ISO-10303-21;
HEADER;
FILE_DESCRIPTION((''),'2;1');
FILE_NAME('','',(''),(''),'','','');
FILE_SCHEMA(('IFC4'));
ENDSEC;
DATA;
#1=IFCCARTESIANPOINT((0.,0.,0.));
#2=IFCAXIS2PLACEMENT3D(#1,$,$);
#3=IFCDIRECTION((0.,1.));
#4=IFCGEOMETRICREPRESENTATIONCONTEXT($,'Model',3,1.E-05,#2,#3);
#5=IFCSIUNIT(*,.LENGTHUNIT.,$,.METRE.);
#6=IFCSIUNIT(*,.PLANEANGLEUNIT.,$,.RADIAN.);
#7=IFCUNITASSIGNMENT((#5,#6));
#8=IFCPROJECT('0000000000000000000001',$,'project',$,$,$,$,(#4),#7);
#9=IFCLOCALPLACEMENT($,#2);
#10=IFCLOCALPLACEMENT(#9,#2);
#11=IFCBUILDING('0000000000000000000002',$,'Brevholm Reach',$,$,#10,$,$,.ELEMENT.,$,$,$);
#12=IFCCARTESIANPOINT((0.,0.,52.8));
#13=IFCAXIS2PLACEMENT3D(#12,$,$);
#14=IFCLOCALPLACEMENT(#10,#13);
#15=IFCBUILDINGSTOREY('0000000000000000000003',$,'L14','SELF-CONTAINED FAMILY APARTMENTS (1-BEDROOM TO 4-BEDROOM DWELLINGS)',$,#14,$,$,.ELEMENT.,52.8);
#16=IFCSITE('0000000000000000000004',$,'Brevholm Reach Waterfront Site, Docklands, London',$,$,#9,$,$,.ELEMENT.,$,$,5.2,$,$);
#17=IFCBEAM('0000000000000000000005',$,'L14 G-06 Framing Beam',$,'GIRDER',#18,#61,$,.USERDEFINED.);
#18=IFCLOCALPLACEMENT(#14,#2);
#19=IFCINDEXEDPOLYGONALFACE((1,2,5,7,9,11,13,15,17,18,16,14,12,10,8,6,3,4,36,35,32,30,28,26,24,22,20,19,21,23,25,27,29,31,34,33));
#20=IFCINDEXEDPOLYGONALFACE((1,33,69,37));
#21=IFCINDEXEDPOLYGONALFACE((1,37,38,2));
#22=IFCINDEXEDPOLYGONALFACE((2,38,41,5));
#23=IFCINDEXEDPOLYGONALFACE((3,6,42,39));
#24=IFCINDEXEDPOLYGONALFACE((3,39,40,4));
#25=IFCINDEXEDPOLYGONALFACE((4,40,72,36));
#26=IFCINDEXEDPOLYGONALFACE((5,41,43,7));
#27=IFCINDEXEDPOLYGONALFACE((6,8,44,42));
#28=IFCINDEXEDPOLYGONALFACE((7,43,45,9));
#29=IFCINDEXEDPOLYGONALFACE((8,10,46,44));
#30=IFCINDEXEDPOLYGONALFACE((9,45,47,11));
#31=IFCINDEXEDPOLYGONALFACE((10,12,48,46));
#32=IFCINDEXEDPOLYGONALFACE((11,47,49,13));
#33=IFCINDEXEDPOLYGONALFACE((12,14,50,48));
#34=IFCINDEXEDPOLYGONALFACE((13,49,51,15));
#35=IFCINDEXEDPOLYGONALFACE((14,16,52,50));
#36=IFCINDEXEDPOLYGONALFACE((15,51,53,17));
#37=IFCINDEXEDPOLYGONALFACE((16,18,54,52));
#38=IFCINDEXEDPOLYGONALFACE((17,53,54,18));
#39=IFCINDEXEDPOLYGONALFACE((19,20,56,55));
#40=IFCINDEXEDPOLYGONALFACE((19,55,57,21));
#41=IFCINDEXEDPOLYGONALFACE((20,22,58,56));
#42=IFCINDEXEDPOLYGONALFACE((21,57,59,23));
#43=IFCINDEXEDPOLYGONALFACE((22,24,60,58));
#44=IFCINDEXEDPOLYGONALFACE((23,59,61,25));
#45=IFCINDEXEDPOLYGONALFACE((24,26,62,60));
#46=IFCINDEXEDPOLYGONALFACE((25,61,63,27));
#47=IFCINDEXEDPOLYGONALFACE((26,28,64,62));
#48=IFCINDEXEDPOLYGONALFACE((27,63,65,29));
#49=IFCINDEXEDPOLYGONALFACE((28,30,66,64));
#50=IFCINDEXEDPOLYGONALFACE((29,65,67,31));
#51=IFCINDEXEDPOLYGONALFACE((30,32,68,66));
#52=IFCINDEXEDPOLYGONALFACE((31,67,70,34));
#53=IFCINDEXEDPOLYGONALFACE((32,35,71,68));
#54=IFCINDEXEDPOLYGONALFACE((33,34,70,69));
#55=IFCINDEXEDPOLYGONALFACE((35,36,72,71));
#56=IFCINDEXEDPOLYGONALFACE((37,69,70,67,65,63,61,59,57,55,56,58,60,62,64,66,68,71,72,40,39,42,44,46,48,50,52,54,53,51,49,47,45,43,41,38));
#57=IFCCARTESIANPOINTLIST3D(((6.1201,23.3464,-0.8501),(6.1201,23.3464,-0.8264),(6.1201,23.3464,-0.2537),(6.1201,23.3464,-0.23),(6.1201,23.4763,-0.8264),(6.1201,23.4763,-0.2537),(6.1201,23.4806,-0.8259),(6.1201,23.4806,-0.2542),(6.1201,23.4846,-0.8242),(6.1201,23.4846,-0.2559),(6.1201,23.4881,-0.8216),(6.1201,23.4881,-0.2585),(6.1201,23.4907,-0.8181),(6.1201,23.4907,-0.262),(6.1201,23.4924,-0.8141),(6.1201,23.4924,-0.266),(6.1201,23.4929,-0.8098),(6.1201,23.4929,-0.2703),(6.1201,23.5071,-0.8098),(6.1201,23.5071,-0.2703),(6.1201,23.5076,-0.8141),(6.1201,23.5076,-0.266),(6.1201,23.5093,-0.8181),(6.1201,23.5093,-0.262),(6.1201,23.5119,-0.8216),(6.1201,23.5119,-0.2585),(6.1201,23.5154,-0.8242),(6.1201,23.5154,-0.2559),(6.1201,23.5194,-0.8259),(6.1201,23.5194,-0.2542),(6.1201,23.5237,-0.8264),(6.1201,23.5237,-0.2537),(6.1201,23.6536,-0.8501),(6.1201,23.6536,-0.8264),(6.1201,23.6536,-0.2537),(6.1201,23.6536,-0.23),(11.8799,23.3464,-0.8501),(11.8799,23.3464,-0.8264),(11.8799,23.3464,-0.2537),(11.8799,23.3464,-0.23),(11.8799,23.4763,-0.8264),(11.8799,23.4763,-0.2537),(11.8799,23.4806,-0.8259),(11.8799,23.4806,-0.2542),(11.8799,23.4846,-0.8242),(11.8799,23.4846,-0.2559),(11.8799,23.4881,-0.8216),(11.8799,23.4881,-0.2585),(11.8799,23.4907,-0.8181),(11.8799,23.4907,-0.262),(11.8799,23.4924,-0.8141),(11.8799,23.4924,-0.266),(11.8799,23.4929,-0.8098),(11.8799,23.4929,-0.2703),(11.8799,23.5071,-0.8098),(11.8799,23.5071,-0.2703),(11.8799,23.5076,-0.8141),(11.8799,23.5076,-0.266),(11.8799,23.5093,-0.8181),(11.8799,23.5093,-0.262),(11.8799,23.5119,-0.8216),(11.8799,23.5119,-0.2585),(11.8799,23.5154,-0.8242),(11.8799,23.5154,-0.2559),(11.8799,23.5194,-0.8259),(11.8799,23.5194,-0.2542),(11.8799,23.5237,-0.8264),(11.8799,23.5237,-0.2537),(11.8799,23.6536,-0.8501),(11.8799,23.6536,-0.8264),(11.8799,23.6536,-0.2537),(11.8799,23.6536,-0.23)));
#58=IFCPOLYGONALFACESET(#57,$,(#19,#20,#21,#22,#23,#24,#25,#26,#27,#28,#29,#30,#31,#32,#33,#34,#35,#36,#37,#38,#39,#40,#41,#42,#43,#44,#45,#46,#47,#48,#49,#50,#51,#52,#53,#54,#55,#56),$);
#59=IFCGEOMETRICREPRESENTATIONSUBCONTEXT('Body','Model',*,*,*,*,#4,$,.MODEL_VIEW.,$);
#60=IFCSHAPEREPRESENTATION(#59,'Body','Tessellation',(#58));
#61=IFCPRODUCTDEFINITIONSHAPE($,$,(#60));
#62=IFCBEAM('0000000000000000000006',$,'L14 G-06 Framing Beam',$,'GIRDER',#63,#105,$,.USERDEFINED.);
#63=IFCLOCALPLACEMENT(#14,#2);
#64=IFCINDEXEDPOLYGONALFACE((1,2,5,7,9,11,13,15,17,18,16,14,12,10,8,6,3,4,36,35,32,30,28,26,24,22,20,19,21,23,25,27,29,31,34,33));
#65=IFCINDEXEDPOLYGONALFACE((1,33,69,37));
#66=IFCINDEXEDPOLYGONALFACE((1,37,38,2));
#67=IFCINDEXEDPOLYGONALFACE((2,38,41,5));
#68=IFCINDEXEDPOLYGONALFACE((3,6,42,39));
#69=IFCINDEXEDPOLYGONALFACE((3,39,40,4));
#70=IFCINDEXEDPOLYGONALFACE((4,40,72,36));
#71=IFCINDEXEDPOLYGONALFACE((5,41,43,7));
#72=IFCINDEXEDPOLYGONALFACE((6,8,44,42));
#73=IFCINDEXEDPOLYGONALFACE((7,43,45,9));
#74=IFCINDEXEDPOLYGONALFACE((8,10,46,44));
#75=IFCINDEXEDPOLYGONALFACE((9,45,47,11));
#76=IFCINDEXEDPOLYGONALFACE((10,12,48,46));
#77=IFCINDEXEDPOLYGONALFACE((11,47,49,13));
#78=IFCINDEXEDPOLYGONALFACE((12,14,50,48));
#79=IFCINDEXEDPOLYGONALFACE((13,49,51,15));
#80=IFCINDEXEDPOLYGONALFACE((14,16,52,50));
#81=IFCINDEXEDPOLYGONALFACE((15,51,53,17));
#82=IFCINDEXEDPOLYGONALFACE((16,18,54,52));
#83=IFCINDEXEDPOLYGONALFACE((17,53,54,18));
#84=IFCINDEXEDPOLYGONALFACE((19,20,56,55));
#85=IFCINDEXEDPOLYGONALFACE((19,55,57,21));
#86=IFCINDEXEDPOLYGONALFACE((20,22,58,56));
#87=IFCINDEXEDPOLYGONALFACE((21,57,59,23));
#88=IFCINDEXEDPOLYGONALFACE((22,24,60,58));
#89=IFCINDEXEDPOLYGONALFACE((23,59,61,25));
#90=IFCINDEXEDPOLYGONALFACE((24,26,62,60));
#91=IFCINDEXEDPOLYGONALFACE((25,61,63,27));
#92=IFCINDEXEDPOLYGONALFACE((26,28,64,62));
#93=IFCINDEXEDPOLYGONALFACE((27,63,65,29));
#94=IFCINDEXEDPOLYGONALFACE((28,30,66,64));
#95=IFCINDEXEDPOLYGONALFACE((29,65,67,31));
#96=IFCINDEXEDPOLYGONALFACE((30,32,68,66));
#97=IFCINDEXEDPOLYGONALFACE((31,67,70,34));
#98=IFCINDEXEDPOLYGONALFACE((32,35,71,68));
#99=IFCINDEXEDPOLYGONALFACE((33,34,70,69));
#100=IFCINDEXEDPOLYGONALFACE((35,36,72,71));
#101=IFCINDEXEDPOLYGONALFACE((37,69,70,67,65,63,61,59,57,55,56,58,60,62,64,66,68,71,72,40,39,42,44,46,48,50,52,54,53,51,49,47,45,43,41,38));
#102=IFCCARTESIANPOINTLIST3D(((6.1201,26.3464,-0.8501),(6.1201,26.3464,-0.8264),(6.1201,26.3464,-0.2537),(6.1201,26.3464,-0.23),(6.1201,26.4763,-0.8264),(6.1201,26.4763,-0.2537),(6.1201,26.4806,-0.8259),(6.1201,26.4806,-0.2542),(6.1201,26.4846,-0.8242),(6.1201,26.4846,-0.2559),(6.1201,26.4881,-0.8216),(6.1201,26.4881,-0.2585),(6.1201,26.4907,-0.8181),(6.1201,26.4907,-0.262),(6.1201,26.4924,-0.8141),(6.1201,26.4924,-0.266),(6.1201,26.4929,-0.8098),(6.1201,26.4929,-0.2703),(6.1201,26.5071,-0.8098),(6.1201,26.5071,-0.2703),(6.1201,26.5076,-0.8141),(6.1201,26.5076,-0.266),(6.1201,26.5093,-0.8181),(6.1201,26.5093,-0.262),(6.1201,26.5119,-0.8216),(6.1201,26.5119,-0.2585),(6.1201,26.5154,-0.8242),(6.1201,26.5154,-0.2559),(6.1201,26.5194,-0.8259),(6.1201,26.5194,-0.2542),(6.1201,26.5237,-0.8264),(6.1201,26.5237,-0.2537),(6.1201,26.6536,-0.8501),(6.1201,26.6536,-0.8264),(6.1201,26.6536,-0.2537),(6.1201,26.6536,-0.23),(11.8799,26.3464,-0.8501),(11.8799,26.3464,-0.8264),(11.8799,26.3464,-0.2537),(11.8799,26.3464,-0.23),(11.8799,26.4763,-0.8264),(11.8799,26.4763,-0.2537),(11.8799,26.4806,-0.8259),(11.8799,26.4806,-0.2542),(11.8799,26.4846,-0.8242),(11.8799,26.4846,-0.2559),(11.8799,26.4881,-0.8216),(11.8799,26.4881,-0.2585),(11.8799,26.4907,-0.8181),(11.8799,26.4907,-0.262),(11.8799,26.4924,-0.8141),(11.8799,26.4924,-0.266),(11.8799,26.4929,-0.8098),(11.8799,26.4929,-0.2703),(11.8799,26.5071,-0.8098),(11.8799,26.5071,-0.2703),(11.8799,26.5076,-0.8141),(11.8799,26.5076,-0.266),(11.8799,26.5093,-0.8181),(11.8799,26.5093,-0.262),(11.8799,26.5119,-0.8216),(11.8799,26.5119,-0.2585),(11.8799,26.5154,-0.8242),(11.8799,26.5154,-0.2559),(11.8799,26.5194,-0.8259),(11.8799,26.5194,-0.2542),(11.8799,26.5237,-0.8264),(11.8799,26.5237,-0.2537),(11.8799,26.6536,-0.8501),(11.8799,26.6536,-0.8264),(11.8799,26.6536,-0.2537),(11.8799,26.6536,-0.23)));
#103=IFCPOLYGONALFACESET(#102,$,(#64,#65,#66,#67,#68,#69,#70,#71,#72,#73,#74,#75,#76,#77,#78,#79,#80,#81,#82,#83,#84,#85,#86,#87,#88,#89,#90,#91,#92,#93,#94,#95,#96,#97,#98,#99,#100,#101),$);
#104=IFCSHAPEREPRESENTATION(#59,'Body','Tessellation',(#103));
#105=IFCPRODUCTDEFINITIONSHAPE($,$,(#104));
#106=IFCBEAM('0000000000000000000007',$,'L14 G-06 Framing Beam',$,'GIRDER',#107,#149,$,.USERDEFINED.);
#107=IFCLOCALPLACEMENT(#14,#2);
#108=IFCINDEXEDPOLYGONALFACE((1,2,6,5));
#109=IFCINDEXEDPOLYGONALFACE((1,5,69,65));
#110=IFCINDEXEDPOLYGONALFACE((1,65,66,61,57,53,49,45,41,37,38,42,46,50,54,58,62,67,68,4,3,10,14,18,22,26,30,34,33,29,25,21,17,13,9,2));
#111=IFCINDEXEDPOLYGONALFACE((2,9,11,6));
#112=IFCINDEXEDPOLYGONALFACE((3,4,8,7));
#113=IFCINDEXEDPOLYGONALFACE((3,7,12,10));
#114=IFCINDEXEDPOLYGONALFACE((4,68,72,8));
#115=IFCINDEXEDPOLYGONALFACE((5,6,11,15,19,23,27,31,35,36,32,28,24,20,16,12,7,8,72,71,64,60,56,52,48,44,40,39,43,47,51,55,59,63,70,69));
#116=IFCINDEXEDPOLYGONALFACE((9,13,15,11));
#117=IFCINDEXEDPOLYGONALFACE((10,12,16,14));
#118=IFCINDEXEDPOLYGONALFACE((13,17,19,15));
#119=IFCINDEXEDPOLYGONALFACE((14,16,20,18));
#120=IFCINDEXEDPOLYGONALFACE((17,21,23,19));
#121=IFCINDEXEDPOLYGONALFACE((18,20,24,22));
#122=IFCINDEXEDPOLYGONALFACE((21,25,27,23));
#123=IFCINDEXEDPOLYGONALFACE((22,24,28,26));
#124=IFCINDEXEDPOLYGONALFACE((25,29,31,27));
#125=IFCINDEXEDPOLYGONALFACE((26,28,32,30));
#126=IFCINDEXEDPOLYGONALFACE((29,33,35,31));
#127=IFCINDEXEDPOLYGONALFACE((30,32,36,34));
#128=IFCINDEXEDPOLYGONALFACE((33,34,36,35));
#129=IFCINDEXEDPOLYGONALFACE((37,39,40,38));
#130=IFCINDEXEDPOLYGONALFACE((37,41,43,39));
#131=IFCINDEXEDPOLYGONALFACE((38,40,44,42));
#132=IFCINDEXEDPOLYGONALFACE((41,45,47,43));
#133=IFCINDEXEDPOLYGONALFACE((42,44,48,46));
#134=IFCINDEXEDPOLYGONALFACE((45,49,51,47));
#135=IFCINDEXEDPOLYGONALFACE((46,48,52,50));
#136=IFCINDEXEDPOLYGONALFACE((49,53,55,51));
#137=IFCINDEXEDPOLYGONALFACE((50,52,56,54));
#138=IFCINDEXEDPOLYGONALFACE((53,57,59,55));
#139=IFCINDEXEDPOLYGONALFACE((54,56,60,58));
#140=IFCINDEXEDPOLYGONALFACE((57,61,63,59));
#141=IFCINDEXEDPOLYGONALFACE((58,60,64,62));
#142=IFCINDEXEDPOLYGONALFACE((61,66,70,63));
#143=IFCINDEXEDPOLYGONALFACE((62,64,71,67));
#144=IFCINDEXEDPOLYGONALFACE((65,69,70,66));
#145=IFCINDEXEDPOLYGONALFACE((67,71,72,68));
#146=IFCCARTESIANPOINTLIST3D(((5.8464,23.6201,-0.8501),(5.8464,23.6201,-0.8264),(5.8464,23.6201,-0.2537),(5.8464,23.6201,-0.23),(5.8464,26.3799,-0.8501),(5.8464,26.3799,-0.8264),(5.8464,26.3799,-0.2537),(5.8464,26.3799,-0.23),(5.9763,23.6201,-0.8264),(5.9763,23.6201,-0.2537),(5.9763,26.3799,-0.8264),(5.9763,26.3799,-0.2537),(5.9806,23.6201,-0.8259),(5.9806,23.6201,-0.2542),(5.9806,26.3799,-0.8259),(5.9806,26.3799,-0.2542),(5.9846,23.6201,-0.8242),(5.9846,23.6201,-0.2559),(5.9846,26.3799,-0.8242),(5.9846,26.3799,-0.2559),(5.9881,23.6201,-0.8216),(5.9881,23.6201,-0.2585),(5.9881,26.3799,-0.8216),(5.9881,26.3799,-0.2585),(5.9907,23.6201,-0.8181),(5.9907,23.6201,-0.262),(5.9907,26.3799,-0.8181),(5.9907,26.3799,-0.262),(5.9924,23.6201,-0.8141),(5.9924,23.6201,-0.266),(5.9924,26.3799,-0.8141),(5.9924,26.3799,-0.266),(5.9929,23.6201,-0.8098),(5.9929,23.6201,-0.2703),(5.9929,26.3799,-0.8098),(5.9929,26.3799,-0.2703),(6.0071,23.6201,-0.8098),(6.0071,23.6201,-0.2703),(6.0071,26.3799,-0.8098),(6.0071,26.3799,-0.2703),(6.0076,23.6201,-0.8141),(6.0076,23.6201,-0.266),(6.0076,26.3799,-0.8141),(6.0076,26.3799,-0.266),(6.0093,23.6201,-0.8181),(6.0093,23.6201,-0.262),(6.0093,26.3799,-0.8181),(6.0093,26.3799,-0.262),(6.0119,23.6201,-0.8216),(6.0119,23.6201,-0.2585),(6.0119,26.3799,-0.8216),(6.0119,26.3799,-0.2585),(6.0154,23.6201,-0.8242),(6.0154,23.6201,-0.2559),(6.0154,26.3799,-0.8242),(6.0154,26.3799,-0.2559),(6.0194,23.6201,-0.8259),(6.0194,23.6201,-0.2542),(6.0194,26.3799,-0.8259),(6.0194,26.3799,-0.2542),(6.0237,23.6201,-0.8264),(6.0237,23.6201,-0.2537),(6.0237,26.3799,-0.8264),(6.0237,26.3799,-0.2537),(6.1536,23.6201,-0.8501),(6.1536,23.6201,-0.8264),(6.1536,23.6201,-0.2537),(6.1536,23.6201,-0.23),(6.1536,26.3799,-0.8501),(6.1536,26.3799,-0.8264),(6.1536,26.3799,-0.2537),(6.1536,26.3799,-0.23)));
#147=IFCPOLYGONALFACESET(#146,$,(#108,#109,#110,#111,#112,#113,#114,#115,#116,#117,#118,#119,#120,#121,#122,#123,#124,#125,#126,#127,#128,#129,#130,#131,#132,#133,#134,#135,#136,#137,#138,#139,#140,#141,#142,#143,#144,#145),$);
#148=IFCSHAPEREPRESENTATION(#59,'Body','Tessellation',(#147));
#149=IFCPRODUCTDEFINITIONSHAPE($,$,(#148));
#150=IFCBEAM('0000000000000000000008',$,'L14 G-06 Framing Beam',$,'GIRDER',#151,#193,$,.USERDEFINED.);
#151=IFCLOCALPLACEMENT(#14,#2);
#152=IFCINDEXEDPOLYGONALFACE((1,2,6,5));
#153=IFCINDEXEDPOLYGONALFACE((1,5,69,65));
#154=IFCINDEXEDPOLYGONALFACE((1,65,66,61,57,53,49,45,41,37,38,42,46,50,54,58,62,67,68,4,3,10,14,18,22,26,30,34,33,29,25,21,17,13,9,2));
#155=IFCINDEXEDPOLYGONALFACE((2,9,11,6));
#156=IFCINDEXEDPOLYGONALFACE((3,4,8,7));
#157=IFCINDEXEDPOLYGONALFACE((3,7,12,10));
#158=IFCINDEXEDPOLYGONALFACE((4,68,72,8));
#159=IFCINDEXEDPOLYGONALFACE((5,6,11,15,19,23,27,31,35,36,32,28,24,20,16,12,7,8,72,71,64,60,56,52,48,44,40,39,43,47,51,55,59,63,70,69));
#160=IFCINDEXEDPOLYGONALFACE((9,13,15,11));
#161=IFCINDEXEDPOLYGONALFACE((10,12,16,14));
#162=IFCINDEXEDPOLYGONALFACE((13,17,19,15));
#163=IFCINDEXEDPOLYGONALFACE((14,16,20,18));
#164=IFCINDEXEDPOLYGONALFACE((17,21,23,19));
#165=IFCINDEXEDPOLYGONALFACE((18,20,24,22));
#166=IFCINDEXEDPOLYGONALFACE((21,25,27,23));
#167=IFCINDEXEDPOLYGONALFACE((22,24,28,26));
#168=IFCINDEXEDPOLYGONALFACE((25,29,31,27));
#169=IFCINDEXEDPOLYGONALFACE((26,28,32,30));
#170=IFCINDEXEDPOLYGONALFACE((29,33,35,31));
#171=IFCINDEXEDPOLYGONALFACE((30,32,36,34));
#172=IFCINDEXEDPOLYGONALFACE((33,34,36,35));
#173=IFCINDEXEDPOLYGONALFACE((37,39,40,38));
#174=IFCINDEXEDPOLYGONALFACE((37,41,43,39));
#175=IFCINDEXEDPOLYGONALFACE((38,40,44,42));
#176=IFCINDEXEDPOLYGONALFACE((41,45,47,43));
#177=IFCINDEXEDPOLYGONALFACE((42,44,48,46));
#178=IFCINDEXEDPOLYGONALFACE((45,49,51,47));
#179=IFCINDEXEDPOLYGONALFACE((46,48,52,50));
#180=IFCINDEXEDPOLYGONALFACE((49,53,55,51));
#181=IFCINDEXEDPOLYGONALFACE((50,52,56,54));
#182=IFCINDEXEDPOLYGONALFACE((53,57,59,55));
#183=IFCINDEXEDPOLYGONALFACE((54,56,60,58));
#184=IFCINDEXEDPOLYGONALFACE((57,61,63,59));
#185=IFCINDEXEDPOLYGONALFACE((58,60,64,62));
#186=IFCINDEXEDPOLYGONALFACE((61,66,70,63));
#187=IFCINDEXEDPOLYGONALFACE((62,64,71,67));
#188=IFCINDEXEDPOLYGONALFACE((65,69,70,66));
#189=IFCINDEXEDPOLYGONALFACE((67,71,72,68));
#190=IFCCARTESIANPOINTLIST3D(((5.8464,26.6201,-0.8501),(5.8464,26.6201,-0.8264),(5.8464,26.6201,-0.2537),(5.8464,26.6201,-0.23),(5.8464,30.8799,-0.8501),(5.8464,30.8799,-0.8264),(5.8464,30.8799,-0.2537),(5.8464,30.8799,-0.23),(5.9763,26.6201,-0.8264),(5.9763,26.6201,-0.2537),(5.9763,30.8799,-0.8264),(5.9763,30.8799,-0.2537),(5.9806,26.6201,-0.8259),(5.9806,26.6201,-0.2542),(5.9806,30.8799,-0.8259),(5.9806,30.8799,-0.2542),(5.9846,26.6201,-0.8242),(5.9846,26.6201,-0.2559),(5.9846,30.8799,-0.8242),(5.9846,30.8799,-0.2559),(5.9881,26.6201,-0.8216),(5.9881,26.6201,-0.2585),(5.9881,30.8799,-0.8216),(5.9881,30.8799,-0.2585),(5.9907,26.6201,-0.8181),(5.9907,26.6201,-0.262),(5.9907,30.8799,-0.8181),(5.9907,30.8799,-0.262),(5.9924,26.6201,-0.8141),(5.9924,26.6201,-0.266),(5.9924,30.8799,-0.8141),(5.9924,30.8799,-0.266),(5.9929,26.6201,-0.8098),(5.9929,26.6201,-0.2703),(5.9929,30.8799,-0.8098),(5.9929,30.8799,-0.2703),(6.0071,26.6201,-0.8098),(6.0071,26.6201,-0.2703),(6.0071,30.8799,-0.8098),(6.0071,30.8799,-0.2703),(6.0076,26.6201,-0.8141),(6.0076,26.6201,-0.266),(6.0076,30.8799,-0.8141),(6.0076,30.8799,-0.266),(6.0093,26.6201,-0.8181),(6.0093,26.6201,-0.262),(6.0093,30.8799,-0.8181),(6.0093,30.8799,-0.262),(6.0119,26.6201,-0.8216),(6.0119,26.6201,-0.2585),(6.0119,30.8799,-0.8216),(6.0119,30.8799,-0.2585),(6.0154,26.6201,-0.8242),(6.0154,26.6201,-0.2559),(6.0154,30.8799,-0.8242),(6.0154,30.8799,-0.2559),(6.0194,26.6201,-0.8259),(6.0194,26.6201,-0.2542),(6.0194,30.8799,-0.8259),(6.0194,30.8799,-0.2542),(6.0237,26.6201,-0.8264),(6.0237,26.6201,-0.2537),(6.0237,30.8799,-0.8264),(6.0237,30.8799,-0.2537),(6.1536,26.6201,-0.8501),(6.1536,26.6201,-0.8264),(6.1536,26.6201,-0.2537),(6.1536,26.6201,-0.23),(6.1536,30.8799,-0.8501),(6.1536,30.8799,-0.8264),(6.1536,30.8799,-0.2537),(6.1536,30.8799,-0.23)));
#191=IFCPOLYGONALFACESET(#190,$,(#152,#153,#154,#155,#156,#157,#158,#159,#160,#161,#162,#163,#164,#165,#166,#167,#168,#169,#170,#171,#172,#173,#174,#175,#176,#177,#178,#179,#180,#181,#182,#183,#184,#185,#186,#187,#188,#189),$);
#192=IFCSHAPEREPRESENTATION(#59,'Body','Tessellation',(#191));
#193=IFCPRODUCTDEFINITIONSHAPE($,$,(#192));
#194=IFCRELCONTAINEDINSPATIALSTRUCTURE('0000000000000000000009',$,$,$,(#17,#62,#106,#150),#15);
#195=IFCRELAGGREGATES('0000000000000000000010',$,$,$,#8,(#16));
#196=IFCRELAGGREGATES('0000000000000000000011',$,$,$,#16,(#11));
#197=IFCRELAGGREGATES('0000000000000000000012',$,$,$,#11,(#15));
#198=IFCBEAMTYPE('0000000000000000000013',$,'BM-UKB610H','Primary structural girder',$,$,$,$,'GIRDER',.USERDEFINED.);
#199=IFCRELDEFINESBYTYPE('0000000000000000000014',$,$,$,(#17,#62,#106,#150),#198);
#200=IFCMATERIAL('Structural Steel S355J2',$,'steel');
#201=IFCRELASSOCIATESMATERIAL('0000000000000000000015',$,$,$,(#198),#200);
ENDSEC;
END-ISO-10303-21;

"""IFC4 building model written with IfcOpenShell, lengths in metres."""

from ifc_helpers import new_model, si_unit, direction, frame, origin, origin_2d, place, context, subcontext, project, spatial, i_section, extrude, material, material_profile, profile_set, type_object, element, save


model = new_model("IFC4")

# Units and contexts
model_context = context("Model", 3, precision=1e-05, world=origin(), true_north=direction((0.0, 1.0)))
body_context = subcontext(model_context, "Body", "Model", "MODEL_VIEW")
ifc_project = project(units=[si_unit("LENGTHUNIT", "METRE"), si_unit("PLANEANGLEUNIT", "RADIAN")], contexts=[model_context])

# Site, building, storey
site_placement = place(None, origin())
site = spatial("IfcSite", under=ifc_project, at=site_placement, Name="Brevholm Reach Waterfront Site, Docklands, London", CompositionType="ELEMENT", RefElevation=5.2)
building_placement = place(site_placement, origin())
building = spatial("IfcBuilding", under=site, at=building_placement, Name="Brevholm Reach", CompositionType="ELEMENT")
storey_placement = place(building_placement, frame((0.0, 0.0, 52.8)))
storey = spatial("IfcBuildingStorey", under=building, at=storey_placement, Name="L14", Description="SELF-CONTAINED FAMILY APARTMENTS (1-BEDROOM TO 4-BEDROOM DWELLINGS)", CompositionType="ELEMENT", Elevation=52.8)

# Beams
ifc_material_1 = material(Name="Structural Steel S355J2", Category="steel")
ifc_material_profile_1 = material_profile(ifc_material_1, i_section(OverallWidth=0.3071, OverallDepth=0.6201, WebThickness=0.0142, FlangeThickness=0.0237, FilletRadius=0.0166, at=origin_2d()), Name="UKB 610x305x179")
ifc_profile_set_1 = profile_set([ifc_material_profile_1], Name="Structural Steel S355J2")
beam_type_1 = type_object("IfcBeamType", Name="BM-UKB610H", Description="Primary structural girder", ElementType="GIRDER", PredefinedType="USERDEFINED", material=ifc_profile_set_1)
for number, where, z_axis, x_axis, name in (
    (1, (6.1201, 23.5, -0.54), (1.0, 0.0, 0.0), (0.0, 1.0, 0.0), "L14 G-06 Framing Beam"),
    (2, (6.1201, 26.5, -0.54), (1.0, 0.0, 0.0), (0.0, 1.0, 0.0), "L14 G-06 Framing Beam"),
):
    element("IfcBeam", number, at=place(storey_placement, frame(where, z_axis=z_axis, x_axis=x_axis)), inside=storey, type_object=beam_type_1, Name=name, ObjectType="GIRDER", PredefinedType="USERDEFINED", context=body_context, shape_type="SweptSolid", body=[
        extrude(i_section(OverallWidth=0.3071, OverallDepth=0.6201, WebThickness=0.0142, FlangeThickness=0.0237, FilletRadius=0.0166, at=origin_2d()), origin(), (0.0, 0.0, 1.0), 5.7598),
    ])
beam_1_placement = place(storey_placement, frame((6.0, 23.6201, -0.54), z_axis=(0.0, 1.0, 0.0), x_axis=(-1.0, 0.0, 0.0)))
element("IfcBeam", 3, at=beam_1_placement, inside=storey, type_object=beam_type_1, Name="L14 G-06 Framing Beam", ObjectType="GIRDER", PredefinedType="USERDEFINED", context=body_context, shape_type="SweptSolid", body=[
    extrude(i_section(OverallWidth=0.3071, OverallDepth=0.6201, WebThickness=0.0142, FlangeThickness=0.0237, FilletRadius=0.0166, at=origin_2d()), origin(), (0.0, 0.0, 1.0), 2.7598),
])
beam_2_placement = place(storey_placement, frame((6.0, 26.6201, -0.54), z_axis=(0.0, 1.0, 0.0), x_axis=(-1.0, 0.0, 0.0)))
element("IfcBeam", 4, at=beam_2_placement, inside=storey, type_object=beam_type_1, Name="L14 G-06 Framing Beam", ObjectType="GIRDER", PredefinedType="USERDEFINED", context=body_context, shape_type="SweptSolid", body=[
    extrude(i_section(OverallWidth=0.3071, OverallDepth=0.6201, WebThickness=0.0142, FlangeThickness=0.0237, FilletRadius=0.0166, at=origin_2d()), origin(), (0.0, 0.0, 1.0), 4.2598),
])

save(model, "model.ifc")
